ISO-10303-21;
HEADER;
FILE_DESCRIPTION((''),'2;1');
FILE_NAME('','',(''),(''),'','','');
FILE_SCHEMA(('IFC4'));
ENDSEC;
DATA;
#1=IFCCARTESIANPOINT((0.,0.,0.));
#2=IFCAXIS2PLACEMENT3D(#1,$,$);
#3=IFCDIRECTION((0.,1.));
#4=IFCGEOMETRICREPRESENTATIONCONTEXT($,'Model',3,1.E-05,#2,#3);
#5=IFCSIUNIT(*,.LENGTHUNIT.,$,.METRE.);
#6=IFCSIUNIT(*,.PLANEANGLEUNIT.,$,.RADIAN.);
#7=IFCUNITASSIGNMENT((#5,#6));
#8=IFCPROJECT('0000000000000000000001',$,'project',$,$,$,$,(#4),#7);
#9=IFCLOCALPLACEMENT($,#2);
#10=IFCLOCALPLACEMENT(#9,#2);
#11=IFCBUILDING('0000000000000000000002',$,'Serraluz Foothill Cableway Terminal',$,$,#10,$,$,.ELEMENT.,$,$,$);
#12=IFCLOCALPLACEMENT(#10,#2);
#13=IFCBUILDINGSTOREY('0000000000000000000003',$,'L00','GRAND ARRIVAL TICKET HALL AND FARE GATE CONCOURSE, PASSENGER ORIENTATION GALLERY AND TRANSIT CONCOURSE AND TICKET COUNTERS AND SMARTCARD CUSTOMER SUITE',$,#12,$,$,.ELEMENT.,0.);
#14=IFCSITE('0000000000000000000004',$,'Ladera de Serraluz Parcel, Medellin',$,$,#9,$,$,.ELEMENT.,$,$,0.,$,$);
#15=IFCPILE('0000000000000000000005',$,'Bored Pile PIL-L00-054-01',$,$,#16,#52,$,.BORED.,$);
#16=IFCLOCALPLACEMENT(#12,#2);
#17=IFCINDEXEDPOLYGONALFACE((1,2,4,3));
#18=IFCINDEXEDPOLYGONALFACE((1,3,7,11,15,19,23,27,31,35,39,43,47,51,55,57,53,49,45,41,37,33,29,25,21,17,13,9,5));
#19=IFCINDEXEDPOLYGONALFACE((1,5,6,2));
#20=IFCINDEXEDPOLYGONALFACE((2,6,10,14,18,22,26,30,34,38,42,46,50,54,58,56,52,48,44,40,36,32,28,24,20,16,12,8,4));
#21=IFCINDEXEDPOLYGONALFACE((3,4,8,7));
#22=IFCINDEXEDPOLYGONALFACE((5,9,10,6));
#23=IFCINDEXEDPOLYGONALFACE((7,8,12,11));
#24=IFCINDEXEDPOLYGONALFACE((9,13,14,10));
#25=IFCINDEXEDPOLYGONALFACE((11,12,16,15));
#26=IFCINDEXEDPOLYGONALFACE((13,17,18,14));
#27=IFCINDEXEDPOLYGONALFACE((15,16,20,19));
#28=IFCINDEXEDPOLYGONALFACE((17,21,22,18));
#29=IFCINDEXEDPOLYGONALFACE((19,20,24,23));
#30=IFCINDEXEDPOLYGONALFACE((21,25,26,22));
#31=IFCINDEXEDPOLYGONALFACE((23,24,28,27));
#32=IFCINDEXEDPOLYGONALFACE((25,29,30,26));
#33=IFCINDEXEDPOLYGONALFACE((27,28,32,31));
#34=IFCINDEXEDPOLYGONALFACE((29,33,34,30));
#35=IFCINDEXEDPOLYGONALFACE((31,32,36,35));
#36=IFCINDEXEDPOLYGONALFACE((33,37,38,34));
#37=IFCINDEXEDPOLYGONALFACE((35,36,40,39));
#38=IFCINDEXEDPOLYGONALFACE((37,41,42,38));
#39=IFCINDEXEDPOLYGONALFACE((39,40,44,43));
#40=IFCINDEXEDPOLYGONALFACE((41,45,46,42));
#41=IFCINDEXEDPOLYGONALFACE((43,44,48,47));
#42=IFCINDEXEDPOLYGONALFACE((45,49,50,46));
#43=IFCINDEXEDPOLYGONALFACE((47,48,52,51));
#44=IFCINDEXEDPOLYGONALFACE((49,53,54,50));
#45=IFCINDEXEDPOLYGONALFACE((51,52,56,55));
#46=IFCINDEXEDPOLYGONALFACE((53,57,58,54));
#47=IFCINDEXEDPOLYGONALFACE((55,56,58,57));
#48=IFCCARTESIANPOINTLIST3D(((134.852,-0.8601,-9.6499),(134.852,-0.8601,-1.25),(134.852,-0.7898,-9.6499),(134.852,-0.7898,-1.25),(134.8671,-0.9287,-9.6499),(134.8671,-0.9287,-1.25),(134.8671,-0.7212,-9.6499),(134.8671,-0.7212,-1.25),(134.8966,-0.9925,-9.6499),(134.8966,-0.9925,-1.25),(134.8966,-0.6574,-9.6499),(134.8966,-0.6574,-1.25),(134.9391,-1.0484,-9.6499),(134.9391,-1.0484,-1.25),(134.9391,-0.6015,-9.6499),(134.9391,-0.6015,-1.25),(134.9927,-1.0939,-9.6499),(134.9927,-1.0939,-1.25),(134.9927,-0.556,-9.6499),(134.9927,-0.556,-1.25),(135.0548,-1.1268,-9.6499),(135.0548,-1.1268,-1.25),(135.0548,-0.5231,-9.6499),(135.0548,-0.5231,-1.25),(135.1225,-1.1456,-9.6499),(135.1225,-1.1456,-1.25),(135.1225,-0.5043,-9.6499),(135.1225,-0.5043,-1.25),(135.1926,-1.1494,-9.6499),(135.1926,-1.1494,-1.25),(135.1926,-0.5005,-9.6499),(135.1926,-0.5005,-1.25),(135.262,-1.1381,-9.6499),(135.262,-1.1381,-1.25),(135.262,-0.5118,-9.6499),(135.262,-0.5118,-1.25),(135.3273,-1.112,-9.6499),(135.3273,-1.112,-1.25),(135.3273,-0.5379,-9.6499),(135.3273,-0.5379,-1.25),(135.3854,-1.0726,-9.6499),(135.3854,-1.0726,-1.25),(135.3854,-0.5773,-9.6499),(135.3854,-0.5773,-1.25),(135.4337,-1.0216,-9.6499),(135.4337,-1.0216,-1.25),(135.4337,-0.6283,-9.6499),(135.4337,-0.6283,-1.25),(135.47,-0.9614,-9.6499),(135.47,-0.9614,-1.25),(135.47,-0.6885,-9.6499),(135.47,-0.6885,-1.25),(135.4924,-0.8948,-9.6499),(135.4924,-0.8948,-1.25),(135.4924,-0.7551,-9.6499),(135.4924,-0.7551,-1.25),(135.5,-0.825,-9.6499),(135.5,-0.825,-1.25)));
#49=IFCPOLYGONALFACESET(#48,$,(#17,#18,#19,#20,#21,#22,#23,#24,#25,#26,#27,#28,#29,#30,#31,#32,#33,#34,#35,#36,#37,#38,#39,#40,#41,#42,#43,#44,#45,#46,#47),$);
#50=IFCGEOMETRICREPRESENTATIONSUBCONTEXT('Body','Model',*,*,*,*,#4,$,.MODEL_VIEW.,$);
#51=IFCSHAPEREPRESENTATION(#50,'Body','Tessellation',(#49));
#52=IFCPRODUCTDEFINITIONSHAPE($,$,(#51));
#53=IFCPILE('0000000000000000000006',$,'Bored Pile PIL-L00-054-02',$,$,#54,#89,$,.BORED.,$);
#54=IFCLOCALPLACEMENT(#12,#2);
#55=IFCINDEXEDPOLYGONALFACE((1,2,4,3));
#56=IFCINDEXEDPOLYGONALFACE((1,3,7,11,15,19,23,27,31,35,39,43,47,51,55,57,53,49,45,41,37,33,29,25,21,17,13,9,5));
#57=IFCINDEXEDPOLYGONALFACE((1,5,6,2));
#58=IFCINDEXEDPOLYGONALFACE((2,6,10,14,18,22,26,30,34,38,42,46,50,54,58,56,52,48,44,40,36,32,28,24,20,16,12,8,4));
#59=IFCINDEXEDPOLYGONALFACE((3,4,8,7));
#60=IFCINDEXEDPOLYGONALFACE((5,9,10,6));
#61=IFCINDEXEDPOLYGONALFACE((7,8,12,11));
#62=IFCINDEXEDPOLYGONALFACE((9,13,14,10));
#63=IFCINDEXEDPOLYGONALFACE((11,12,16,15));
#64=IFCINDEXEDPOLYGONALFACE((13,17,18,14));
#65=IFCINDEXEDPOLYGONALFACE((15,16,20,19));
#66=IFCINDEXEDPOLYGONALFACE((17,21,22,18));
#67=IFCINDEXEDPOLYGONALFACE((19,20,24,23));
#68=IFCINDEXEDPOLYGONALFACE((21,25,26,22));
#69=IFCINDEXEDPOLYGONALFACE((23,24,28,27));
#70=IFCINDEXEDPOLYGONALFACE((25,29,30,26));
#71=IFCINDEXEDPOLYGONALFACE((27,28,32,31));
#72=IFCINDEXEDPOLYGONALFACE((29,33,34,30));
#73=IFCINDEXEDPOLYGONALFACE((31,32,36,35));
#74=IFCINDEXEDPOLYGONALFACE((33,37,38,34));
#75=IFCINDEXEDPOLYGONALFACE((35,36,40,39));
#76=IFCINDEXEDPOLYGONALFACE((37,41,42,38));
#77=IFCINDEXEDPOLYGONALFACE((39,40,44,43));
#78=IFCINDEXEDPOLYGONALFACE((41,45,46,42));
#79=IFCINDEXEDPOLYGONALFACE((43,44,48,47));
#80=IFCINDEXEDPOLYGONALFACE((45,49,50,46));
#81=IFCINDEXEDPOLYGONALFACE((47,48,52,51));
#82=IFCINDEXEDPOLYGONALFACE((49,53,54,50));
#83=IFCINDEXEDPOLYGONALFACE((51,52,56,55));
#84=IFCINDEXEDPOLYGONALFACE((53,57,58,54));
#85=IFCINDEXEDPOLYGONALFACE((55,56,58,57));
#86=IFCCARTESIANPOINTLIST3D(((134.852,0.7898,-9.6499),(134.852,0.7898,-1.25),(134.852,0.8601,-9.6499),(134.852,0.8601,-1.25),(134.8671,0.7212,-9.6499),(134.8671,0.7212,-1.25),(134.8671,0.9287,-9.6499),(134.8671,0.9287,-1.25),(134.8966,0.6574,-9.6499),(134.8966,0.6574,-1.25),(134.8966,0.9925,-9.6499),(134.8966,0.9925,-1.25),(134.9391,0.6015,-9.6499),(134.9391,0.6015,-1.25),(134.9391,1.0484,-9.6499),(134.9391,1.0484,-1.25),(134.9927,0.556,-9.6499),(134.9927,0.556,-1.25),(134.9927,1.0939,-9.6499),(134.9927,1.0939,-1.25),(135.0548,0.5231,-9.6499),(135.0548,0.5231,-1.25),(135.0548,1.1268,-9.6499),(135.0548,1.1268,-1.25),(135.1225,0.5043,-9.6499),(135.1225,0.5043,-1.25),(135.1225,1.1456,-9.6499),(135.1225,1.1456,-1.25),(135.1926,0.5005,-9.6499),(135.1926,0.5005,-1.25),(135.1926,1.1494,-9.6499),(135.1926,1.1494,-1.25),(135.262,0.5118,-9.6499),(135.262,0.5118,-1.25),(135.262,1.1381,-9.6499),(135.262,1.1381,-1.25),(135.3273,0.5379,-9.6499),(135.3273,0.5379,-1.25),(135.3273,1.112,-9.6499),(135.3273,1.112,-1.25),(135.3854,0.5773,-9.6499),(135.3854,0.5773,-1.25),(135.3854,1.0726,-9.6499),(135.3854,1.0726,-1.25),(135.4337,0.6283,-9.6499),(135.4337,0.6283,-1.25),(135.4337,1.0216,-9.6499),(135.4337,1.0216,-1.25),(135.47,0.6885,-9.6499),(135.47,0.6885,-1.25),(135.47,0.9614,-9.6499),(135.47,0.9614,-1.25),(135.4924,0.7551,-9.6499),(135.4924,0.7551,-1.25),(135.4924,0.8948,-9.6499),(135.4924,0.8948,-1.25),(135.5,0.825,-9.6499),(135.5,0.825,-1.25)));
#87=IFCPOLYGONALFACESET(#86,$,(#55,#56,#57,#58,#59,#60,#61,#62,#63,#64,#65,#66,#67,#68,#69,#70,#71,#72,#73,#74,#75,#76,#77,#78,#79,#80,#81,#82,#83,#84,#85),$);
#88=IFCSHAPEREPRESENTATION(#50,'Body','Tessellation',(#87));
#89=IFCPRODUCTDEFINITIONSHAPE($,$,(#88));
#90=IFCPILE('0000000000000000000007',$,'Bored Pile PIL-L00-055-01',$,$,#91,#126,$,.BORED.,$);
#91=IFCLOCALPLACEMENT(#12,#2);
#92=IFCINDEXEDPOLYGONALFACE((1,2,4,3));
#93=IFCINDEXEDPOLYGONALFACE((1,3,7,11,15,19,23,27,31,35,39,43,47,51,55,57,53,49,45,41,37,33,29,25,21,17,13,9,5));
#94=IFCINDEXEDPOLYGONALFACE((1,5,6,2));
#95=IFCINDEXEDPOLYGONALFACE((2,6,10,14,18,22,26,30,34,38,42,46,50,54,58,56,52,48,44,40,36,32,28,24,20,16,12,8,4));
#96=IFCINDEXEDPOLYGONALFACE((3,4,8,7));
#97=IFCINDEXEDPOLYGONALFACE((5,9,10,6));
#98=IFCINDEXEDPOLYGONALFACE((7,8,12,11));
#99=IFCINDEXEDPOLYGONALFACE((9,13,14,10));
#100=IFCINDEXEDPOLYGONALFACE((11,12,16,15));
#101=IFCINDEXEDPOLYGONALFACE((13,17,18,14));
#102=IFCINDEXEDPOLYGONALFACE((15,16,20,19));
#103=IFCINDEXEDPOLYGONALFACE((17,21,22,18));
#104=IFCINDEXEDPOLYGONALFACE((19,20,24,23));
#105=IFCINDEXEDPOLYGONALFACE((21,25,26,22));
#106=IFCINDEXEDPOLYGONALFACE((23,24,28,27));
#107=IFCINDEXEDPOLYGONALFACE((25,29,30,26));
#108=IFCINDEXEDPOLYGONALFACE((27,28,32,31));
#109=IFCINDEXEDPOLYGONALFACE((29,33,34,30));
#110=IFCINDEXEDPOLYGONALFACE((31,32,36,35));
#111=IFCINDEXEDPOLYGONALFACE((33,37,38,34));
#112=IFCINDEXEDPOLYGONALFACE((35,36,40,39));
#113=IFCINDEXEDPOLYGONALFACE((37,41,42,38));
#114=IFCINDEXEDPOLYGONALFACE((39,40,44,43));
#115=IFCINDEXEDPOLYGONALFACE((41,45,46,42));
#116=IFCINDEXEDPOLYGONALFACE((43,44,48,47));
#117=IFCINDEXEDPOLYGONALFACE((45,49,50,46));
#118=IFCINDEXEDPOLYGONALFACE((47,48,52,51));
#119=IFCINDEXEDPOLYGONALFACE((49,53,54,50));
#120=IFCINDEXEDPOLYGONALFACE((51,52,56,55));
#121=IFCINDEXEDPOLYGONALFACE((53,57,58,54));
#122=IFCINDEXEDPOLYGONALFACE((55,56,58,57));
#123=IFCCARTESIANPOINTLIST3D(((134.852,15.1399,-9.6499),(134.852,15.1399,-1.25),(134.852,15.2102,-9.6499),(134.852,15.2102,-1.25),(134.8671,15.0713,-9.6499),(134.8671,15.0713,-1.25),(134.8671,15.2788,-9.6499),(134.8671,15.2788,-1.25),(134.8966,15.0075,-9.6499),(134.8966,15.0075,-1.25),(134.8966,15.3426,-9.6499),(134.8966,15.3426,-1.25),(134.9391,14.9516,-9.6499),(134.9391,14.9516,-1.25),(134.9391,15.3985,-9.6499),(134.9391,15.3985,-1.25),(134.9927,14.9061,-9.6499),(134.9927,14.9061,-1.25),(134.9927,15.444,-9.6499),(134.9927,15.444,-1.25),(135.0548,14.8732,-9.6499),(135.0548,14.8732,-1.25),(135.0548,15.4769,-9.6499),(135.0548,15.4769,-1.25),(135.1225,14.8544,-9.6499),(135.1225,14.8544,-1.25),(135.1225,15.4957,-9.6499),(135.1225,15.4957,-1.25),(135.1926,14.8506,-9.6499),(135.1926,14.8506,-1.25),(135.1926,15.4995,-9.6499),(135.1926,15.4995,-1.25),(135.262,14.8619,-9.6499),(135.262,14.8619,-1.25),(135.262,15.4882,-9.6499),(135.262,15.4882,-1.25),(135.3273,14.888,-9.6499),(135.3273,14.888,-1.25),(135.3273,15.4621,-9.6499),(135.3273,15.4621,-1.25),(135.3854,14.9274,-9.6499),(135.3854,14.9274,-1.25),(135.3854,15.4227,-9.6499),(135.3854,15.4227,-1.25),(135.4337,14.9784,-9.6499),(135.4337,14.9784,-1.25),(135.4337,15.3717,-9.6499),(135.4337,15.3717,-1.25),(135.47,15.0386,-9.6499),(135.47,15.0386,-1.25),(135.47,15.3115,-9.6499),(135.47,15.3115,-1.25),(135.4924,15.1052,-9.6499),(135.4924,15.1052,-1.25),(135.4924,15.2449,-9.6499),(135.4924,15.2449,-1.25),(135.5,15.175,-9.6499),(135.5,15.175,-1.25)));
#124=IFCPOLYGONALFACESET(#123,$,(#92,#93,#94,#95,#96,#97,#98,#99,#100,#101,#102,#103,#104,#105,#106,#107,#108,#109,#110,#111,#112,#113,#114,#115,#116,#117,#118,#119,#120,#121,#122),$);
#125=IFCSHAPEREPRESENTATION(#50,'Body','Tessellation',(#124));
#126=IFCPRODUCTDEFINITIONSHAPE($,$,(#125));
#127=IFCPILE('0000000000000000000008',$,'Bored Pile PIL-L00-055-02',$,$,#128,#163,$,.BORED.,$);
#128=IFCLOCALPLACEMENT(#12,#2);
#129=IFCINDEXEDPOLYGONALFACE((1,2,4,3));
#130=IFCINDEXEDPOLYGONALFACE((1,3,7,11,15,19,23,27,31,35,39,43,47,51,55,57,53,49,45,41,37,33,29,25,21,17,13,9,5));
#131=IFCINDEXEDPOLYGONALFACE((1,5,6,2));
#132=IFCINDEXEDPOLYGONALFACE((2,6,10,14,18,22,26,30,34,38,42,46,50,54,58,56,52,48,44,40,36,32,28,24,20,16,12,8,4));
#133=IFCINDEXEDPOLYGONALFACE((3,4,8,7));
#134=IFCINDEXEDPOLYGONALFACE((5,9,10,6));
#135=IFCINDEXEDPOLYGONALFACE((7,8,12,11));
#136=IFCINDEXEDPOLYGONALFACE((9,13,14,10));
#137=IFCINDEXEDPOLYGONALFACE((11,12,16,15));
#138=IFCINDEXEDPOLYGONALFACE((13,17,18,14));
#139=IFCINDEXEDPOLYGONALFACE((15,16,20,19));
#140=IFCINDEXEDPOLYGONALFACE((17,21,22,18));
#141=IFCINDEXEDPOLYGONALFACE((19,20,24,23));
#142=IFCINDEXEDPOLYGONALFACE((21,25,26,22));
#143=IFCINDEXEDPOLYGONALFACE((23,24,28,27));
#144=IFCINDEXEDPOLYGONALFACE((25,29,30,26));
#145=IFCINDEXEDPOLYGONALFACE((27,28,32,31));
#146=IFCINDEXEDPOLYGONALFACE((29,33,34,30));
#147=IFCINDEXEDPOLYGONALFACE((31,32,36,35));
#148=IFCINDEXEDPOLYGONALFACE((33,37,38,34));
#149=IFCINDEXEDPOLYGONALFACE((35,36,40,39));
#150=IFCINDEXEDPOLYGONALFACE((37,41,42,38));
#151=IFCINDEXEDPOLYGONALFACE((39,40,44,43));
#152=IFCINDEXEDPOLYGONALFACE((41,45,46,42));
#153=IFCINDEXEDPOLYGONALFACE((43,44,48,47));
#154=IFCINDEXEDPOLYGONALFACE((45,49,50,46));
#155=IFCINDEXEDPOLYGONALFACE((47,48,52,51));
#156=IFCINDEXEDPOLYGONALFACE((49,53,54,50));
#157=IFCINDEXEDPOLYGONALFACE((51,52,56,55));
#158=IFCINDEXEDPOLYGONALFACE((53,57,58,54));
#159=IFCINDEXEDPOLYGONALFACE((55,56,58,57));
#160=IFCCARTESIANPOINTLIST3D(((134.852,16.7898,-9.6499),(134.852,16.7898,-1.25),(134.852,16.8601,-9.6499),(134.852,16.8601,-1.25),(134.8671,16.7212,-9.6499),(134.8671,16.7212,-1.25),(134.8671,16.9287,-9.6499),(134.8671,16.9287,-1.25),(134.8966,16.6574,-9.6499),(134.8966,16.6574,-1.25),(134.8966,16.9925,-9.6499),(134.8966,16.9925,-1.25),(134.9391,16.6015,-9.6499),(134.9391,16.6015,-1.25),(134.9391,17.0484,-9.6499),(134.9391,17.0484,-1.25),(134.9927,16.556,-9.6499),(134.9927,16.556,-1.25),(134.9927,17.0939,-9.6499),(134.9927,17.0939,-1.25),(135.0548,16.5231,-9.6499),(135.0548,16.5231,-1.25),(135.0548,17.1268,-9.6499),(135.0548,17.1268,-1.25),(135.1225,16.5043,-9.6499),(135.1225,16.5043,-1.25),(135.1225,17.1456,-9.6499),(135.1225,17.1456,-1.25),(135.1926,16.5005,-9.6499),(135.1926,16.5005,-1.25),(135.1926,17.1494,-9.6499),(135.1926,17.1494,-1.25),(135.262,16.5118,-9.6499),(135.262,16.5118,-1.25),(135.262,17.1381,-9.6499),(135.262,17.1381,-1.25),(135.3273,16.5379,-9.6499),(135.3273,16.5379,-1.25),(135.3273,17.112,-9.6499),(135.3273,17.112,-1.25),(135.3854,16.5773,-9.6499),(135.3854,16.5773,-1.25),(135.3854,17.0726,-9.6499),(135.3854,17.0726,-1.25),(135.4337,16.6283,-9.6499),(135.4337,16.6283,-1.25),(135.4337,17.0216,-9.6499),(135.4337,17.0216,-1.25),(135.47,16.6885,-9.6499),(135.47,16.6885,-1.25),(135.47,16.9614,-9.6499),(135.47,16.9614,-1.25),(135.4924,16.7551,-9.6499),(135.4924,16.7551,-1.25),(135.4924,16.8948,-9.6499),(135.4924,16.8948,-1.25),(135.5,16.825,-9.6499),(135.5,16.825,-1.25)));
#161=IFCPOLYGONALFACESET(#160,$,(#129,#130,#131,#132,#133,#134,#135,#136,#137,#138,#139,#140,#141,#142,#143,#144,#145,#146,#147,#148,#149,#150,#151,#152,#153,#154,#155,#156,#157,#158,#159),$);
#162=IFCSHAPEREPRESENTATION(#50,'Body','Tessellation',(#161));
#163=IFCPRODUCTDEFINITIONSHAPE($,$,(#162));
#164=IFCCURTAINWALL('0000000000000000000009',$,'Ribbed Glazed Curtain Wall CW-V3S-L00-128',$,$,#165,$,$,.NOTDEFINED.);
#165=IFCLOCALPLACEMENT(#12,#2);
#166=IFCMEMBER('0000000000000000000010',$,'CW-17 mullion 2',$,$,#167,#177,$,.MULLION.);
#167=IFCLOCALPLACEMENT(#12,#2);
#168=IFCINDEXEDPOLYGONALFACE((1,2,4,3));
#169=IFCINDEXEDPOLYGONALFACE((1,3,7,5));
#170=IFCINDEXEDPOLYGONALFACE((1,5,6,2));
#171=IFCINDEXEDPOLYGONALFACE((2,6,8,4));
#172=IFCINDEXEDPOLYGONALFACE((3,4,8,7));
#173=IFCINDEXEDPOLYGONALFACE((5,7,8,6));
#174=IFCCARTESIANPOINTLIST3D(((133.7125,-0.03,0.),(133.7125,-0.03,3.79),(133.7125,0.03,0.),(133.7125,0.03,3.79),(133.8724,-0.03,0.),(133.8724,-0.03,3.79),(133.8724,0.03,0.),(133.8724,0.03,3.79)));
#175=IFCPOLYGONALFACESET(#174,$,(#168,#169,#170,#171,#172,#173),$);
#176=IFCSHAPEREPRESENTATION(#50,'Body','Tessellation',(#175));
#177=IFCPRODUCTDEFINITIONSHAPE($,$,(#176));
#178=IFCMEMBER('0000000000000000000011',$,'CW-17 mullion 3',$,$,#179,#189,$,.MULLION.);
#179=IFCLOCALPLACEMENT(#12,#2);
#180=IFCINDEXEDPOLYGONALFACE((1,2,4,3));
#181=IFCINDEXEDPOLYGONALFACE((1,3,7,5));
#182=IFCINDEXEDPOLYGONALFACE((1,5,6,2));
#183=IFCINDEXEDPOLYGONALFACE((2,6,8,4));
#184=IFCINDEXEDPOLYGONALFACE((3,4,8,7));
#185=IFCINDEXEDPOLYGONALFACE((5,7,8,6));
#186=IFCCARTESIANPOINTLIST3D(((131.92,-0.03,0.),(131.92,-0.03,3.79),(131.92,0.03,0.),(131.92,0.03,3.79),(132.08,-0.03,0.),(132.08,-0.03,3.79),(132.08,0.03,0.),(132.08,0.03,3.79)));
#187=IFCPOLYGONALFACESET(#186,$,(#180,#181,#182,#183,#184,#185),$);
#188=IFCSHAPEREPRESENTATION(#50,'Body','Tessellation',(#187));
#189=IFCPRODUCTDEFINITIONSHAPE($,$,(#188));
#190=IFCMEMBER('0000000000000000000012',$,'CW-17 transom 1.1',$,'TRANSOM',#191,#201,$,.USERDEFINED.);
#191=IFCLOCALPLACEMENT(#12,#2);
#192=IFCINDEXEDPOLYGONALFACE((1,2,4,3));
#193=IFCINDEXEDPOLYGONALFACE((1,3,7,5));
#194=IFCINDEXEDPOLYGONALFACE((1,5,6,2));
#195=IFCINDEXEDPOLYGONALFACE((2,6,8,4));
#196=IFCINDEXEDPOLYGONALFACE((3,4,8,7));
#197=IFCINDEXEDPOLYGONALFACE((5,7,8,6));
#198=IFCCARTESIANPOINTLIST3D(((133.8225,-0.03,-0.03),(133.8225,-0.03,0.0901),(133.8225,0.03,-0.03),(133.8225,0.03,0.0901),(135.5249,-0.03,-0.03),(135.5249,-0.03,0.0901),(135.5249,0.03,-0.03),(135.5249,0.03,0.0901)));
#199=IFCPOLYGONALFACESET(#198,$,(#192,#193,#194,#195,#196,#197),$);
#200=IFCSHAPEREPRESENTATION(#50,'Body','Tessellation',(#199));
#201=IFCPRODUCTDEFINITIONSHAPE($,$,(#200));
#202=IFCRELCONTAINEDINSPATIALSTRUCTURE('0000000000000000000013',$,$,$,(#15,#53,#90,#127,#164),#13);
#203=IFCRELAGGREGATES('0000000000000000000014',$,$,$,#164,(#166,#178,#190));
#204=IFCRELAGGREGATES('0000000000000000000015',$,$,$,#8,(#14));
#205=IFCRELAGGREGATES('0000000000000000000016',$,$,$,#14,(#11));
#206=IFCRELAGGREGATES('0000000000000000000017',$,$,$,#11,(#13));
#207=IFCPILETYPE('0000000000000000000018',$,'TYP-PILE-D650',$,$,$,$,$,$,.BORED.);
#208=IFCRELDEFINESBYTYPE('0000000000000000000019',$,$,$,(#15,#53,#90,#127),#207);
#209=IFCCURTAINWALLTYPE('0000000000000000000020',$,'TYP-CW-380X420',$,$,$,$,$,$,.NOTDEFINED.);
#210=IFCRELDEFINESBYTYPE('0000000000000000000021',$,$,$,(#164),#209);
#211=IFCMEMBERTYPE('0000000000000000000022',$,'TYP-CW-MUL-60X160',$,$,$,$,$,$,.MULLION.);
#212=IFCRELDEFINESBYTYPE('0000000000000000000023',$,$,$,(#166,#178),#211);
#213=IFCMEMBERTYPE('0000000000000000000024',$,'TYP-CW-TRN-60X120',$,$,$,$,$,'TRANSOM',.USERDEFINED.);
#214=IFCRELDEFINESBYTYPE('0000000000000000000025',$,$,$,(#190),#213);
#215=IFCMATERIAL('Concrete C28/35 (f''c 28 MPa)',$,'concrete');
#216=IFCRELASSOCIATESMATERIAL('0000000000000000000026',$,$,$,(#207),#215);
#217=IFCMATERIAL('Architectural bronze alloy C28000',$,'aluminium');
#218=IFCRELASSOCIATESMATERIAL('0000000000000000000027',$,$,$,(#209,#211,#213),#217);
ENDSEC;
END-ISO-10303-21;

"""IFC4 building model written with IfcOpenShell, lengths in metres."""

from ifc_helpers import new_model, si_unit, direction, frame, origin, origin_2d, place, context, subcontext, project, spatial, rectangle, circle, extrude, material, material_profile, profile_set, type_object, element, aggregate, save


model = new_model("IFC4")

# Units and contexts
model_context = context("Model", 3, precision=1e-05, world=origin(), true_north=direction((0.0, 1.0)))
body_context = subcontext(model_context, "Body", "Model", "MODEL_VIEW")
ifc_project = project(units=[si_unit("LENGTHUNIT", "METRE"), si_unit("PLANEANGLEUNIT", "RADIAN")], contexts=[model_context])

# Site, building, storey
site_placement = place(None, origin())
site = spatial("IfcSite", under=ifc_project, at=site_placement, Name="Ladera de Serraluz Parcel, Medellin", CompositionType="ELEMENT", RefElevation=0.0)
building_placement = place(site_placement, origin())
building = spatial("IfcBuilding", under=site, at=building_placement, Name="Serraluz Foothill Cableway Terminal", CompositionType="ELEMENT")
storey_placement = place(building_placement, origin())
storey = spatial("IfcBuildingStorey", under=building, at=storey_placement, Name="L00", Description="GRAND ARRIVAL TICKET HALL AND FARE GATE CONCOURSE, PASSENGER ORIENTATION GALLERY AND TRANSIT CONCOURSE AND TICKET COUNTERS AND SMARTCARD CUSTOMER SUITE", CompositionType="ELEMENT", Elevation=0.0)

# Piles
ifc_material_1 = material(Name="Concrete C28/35 (f'c 28 MPa)", Category="concrete")
ifc_material_profile_1 = material_profile(ifc_material_1, circle(Radius=0.325, at=origin_2d()), Name="BORED PILE D650")
ifc_profile_set_1 = profile_set([ifc_material_profile_1], Name="Concrete C28/35 (f'c 28 MPa)")
pile_type = type_object("IfcPileType", Name="TYP-PILE-D650", PredefinedType="BORED", material=ifc_profile_set_1)
for number, where, z_axis, x_axis, name in (
    (1, (135.175, -0.825, -1.25), (0.0, 0.0, -1.0), (1.0, 0.0, 0.0), "Bored Pile PIL-L00-054-01"),
    (2, (135.175, 0.825, -1.25), (0.0, 0.0, -1.0), (1.0, 0.0, 0.0), "Bored Pile PIL-L00-054-02"),
    (3, (135.175, 15.175, -1.25), (0.0, 0.0, -1.0), (1.0, 0.0, 0.0), "Bored Pile PIL-L00-055-01"),
    (4, (135.175, 16.825, -1.25), (0.0, 0.0, -1.0), (1.0, 0.0, 0.0), "Bored Pile PIL-L00-055-02"),
):
    element("IfcPile", number, at=place(storey_placement, frame(where, z_axis=z_axis, x_axis=x_axis)), inside=storey, type_object=pile_type, Name=name, PredefinedType="BORED", context=body_context, shape_type="SweptSolid", body=[
        extrude(circle(Radius=0.325, at=origin_2d()), origin(), (0.0, 0.0, 1.0), 8.3999),
    ])

# Curtain wall, members
ifc_material_2 = material(Name="Architectural bronze alloy C28000", Category="aluminium")
curtain_wall_type = type_object("IfcCurtainWallType", Name="TYP-CW-380X420", PredefinedType="NOTDEFINED", material=ifc_material_2)
curtain_wall_placement = place(storey_placement, origin())
curtain_wall = element("IfcCurtainWall", 5, at=curtain_wall_placement, inside=storey, type_object=curtain_wall_type, Name="Ribbed Glazed Curtain Wall CW-V3S-L00-128", PredefinedType="NOTDEFINED")
ifc_material_profile_2 = material_profile(ifc_material_2, rectangle(XDim=0.0601, YDim=0.1599, at=origin_2d()), Name="ALU MULLION 60x160")
ifc_profile_set_2 = profile_set([ifc_material_profile_2], Name="Architectural bronze alloy C28000")
member_type_1 = type_object("IfcMemberType", Name="TYP-CW-MUL-60X160", PredefinedType="MULLION", material=ifc_profile_set_2)
member_1_placement = place(storey_placement, frame((133.7925, 0.0, 0.0), z_axis=(0.0, 0.0, 1.0), x_axis=(0.0, -1.0, 0.0)))
member_1 = element("IfcMember", 6, at=member_1_placement, type_object=member_type_1, Name="CW-17 mullion 2", PredefinedType="MULLION", context=body_context, shape_type="SweptSolid", body=[
    extrude(rectangle(XDim=0.0601, YDim=0.1599, at=origin_2d()), origin(), (0.0, 0.0, 1.0), 3.79),
])
member_2_placement = place(storey_placement, frame((132.0, 0.0, 0.0), z_axis=(0.0, 0.0, 1.0), x_axis=(0.0, -1.0, 0.0)))
member_2 = element("IfcMember", 7, at=member_2_placement, type_object=member_type_1, Name="CW-17 mullion 3", PredefinedType="MULLION", context=body_context, shape_type="SweptSolid", body=[
    extrude(rectangle(XDim=0.0601, YDim=0.1599, at=origin_2d()), origin(), (0.0, 0.0, 1.0), 3.79),
])
ifc_material_profile_3 = material_profile(ifc_material_2, rectangle(XDim=0.0601, YDim=0.1201, at=origin_2d()), Name="ALU TRANSOM 60x120")
ifc_profile_set_3 = profile_set([ifc_material_profile_3], Name="Architectural bronze alloy C28000")
member_type_2 = type_object("IfcMemberType", Name="TYP-CW-TRN-60X120", ElementType="TRANSOM", PredefinedType="USERDEFINED", material=ifc_profile_set_3)
member_3_placement = place(storey_placement, frame((135.5249, 0.0, 0.03), z_axis=(-1.0, 0.0, 0.0), x_axis=(0.0, -1.0, 0.0)))
member_3 = element("IfcMember", 8, at=member_3_placement, type_object=member_type_2, Name="CW-17 transom 1.1", ObjectType="TRANSOM", PredefinedType="USERDEFINED", context=body_context, shape_type="SweptSolid", body=[
    extrude(rectangle(XDim=0.0601, YDim=0.1201, at=origin_2d()), origin(), (0.0, 0.0, 1.0), 1.7024),
])
aggregate(curtain_wall, [member_1, member_2, member_3])

save(model, "model.ifc")
